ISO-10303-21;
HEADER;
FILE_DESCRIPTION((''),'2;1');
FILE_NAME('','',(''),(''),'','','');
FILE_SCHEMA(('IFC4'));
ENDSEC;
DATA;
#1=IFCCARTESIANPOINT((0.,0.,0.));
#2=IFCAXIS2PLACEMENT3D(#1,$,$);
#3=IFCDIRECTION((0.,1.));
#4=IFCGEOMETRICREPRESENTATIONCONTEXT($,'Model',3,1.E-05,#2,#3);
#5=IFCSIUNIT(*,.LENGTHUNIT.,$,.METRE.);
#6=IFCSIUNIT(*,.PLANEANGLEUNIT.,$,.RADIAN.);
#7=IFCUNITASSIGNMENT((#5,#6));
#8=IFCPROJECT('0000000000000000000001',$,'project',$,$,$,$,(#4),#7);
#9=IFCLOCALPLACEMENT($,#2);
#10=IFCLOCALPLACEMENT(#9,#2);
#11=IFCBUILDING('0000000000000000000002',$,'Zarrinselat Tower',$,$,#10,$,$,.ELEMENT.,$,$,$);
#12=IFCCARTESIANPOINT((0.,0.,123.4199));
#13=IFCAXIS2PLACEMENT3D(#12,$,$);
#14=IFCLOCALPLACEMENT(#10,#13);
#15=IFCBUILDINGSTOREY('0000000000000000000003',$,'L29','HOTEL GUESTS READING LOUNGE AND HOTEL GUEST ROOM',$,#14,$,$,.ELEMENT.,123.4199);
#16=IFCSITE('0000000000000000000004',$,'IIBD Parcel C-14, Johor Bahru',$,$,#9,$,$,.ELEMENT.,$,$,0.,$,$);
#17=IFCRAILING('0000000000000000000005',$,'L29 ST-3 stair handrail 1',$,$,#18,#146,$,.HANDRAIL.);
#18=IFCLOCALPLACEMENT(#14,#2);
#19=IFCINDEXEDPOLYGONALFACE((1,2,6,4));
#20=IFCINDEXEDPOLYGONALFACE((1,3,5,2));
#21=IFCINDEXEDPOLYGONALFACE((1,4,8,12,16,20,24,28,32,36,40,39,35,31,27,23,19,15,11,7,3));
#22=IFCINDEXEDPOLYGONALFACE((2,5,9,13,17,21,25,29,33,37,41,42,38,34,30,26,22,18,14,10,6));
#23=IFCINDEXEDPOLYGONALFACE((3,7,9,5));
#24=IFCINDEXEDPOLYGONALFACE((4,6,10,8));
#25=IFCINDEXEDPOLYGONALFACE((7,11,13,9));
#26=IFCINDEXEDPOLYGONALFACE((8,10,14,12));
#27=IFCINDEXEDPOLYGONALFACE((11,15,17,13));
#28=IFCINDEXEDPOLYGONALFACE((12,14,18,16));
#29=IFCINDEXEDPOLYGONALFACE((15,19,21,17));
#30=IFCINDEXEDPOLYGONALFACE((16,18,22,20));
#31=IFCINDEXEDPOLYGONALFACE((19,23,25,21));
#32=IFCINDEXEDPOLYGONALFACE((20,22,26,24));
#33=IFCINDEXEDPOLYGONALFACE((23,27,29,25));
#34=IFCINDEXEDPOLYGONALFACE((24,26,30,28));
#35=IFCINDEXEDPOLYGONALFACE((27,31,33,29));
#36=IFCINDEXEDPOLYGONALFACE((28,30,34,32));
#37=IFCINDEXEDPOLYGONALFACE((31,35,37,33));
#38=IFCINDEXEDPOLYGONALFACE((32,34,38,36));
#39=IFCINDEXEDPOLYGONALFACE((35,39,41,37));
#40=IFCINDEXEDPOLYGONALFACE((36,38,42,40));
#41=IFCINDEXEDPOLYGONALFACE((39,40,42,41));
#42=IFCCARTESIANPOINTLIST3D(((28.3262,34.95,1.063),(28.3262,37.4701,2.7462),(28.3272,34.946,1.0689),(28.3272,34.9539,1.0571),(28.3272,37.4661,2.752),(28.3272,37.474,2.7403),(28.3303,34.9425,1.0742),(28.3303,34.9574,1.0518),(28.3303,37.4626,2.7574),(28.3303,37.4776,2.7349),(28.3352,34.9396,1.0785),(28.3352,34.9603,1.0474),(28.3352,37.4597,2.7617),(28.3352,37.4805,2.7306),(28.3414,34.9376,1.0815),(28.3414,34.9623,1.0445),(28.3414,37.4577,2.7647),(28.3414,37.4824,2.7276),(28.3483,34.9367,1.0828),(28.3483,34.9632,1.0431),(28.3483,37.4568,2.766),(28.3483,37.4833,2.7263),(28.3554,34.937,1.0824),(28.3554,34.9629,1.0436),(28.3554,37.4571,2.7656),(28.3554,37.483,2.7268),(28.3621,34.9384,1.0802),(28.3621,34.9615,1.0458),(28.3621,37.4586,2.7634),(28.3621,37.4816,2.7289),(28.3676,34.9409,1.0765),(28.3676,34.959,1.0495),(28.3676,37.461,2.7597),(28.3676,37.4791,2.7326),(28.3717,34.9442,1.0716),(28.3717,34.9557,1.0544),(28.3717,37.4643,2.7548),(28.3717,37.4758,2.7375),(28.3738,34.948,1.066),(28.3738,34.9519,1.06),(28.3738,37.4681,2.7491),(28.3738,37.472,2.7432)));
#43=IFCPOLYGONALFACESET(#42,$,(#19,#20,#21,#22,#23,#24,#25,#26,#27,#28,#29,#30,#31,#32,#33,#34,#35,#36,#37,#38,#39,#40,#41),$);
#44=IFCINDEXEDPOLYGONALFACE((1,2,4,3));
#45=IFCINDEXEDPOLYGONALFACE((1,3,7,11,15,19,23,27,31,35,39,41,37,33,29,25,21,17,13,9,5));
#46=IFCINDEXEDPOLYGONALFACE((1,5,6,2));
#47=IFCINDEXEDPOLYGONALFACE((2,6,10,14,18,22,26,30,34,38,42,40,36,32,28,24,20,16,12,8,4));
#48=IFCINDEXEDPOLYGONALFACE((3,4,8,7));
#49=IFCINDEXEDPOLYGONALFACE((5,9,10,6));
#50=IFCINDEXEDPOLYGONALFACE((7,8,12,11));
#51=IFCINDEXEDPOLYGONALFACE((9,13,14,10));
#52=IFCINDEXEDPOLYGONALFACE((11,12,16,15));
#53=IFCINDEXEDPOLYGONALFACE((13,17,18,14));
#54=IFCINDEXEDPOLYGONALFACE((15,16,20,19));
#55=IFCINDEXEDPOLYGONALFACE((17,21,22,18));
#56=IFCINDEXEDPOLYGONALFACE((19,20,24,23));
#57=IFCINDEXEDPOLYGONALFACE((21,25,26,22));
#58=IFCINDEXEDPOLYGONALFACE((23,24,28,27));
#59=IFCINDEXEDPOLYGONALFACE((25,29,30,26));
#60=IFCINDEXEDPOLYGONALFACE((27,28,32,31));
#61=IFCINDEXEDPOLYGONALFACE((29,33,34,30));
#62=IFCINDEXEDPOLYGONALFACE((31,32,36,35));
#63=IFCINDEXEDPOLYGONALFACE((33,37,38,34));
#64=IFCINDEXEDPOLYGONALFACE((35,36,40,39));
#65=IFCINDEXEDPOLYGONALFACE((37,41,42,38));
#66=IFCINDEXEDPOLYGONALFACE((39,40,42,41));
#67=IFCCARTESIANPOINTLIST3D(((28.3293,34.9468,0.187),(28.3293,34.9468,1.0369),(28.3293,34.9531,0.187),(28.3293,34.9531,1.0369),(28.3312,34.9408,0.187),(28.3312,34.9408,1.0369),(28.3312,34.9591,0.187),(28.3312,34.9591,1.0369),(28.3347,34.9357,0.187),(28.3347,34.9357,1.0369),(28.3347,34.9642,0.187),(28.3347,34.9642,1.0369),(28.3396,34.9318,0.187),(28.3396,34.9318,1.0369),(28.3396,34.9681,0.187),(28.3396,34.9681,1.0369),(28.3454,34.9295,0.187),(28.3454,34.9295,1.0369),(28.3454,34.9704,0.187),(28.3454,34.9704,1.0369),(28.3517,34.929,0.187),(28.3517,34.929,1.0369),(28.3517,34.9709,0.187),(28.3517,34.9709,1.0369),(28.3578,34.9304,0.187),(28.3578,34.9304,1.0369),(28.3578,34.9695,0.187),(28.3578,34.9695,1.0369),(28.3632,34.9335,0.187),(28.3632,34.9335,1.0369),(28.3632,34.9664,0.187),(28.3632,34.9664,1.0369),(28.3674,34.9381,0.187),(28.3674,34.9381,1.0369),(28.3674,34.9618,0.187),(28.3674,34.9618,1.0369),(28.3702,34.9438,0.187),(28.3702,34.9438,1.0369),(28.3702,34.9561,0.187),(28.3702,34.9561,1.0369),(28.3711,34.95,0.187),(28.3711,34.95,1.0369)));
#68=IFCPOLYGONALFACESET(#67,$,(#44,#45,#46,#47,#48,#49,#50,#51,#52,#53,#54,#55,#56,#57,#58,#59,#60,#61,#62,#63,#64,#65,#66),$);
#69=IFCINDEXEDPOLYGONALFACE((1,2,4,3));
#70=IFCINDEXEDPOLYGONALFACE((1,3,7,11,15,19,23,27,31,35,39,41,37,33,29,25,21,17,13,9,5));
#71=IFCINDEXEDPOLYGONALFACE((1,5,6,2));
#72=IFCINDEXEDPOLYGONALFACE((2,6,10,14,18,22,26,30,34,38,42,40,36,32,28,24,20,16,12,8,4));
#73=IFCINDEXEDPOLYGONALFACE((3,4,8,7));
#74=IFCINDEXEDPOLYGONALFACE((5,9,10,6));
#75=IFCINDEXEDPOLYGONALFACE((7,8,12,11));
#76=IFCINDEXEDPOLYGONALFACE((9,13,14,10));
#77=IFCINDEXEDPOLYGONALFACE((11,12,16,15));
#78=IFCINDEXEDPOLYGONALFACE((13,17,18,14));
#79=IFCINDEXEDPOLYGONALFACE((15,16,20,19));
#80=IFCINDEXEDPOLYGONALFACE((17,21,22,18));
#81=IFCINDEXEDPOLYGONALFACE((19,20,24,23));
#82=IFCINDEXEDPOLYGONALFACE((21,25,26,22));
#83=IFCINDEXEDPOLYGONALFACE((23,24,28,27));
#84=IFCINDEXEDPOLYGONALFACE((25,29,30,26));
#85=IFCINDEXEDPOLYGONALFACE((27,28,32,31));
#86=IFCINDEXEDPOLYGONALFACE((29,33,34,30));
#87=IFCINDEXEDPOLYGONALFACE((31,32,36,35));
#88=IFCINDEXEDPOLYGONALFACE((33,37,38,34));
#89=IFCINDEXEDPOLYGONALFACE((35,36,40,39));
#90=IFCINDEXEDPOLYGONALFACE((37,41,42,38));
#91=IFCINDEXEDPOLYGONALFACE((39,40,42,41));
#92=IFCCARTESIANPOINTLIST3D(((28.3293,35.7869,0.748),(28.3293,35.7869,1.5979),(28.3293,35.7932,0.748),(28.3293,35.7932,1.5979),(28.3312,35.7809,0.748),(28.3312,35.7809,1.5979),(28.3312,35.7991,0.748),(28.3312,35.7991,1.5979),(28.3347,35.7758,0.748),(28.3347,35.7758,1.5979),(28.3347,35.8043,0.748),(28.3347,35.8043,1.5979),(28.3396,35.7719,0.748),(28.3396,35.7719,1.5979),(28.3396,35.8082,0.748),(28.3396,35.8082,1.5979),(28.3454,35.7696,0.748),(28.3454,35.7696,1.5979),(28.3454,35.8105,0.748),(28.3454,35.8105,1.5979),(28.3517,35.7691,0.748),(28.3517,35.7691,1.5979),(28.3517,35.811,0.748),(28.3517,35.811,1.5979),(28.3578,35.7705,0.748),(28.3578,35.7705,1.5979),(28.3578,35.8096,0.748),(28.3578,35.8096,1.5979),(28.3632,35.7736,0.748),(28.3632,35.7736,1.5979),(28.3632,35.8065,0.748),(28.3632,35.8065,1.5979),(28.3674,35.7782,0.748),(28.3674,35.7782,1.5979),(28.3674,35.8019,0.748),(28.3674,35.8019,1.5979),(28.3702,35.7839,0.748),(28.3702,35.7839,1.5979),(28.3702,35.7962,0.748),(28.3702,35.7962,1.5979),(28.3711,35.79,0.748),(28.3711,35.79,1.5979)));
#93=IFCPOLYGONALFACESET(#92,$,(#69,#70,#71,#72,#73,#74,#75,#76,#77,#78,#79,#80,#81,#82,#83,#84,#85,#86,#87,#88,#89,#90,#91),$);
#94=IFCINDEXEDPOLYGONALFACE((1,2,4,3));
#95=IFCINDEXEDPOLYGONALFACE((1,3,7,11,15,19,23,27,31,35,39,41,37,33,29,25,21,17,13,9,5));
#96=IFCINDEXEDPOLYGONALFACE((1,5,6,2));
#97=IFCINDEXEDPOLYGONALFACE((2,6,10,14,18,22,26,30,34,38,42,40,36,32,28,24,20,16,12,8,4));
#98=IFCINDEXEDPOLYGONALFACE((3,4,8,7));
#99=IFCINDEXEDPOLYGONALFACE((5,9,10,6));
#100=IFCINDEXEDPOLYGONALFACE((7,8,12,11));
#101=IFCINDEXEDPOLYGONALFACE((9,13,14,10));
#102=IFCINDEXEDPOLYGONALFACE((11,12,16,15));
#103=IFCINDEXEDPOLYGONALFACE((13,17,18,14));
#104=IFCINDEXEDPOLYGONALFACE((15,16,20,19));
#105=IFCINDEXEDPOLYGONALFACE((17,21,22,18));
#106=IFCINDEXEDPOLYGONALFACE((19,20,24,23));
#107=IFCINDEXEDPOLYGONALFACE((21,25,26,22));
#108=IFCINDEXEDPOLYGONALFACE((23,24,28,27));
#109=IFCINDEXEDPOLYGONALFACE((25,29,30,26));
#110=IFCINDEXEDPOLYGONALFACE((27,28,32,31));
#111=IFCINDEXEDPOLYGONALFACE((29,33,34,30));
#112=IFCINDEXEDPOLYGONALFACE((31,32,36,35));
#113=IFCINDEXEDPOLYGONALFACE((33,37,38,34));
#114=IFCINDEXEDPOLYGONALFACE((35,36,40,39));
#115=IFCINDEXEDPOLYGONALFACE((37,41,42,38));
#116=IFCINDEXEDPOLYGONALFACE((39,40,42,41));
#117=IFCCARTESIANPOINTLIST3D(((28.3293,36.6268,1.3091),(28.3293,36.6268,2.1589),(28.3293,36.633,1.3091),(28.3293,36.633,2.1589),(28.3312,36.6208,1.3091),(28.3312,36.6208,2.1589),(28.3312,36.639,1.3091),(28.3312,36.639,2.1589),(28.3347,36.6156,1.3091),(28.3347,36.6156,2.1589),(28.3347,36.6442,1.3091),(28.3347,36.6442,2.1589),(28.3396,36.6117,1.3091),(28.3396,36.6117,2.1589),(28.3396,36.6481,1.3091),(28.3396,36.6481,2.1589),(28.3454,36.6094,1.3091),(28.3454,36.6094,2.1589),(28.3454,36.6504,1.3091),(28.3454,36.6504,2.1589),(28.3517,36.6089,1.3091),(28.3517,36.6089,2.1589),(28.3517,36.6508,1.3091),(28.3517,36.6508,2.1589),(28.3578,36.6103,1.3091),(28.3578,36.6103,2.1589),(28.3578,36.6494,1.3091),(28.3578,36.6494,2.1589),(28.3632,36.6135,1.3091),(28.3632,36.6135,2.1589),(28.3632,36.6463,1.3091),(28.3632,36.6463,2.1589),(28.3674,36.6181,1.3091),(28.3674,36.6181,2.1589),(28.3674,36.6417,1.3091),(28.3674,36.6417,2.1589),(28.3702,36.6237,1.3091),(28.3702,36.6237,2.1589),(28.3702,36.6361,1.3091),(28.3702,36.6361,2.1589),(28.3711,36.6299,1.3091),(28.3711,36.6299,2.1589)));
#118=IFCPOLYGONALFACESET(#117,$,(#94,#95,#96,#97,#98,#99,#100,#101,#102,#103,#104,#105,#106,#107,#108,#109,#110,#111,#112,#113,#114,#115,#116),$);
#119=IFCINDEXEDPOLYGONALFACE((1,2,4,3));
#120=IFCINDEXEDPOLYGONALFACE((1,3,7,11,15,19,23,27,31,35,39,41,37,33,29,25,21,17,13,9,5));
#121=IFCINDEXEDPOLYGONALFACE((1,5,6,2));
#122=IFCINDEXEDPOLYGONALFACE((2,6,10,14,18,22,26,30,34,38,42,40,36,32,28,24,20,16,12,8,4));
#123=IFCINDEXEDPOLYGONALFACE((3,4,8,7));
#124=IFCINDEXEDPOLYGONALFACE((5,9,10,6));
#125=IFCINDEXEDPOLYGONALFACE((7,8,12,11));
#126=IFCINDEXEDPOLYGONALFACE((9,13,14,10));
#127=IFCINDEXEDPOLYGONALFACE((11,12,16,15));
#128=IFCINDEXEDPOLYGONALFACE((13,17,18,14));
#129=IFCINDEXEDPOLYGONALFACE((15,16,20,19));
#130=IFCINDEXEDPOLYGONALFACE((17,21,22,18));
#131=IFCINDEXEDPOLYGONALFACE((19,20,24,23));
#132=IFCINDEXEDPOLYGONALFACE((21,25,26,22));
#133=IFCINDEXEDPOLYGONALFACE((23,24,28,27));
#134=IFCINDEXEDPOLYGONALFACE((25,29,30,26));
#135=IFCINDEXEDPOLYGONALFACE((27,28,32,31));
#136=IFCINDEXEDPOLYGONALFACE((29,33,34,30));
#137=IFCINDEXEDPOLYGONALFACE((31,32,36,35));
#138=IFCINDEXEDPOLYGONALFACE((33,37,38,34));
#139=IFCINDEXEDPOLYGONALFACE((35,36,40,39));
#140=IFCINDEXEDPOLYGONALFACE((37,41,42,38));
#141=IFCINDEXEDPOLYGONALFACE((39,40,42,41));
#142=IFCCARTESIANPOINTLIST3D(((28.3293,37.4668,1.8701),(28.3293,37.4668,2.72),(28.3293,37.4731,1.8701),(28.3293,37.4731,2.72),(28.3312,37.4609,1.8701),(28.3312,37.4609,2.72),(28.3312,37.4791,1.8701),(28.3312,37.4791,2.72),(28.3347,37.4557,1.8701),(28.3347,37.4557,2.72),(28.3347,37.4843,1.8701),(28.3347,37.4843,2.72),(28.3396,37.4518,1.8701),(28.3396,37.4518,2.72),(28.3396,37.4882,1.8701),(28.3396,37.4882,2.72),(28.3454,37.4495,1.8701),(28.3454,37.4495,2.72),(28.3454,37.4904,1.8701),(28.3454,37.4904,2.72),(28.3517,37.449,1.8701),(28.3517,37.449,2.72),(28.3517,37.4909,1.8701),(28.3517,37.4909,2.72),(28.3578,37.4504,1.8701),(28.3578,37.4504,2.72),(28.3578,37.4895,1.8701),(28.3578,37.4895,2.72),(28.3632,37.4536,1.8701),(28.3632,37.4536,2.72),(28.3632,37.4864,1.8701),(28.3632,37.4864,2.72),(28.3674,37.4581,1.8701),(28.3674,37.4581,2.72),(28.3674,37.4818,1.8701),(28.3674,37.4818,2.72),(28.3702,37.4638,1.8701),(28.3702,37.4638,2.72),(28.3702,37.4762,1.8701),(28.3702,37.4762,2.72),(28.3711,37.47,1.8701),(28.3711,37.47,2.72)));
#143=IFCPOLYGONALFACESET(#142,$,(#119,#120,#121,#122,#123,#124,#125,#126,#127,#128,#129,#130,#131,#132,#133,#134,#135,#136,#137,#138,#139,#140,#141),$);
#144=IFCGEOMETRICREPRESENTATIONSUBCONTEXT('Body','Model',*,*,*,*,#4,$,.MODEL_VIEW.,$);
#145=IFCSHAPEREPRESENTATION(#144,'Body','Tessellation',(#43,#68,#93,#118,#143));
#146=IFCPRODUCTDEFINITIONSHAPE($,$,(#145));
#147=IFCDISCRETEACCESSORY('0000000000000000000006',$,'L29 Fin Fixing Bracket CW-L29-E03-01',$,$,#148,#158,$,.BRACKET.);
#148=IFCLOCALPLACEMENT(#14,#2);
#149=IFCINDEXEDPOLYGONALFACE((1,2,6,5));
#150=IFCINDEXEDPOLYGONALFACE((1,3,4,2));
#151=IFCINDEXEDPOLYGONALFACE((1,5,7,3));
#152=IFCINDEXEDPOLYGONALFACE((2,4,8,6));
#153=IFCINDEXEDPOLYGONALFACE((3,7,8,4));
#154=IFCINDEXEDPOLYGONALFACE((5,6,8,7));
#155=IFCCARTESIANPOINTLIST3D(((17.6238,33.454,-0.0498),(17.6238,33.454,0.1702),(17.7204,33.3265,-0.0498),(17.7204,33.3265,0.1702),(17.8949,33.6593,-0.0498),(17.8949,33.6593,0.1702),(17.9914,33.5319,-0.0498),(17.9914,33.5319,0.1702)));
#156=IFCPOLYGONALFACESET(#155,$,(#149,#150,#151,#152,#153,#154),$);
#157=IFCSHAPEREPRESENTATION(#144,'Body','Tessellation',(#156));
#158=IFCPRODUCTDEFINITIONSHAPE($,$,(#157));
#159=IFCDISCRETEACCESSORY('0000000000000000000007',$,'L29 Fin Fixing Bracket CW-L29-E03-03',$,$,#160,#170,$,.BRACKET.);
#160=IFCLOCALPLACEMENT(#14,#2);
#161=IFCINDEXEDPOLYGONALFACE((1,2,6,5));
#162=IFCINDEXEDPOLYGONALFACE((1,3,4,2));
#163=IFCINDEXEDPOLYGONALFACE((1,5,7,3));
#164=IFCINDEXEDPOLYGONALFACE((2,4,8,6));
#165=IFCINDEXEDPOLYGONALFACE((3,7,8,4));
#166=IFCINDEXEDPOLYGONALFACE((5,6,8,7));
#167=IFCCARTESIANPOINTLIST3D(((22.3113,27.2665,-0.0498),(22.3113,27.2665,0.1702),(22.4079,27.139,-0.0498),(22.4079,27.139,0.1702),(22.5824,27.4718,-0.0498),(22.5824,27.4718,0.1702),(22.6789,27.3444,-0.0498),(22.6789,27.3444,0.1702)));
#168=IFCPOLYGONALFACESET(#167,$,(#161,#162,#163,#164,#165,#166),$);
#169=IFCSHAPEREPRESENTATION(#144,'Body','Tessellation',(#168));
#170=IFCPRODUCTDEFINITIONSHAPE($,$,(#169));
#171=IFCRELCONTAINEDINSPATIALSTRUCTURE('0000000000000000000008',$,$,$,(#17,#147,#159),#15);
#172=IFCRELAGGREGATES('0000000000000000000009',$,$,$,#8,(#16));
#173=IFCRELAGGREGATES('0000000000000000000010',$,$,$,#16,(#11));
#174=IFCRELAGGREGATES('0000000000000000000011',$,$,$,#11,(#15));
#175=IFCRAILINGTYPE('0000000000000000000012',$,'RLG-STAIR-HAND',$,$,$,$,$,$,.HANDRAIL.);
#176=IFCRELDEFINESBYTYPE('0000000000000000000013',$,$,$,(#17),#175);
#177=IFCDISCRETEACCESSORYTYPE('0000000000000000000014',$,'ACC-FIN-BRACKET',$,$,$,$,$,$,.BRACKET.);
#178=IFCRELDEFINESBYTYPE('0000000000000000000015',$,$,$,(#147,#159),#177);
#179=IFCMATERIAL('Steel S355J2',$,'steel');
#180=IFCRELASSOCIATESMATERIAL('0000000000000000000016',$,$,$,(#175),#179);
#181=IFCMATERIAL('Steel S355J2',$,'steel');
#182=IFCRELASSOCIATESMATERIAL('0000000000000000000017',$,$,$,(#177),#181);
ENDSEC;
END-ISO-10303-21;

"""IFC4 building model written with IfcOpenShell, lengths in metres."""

from ifc_helpers import new_model, si_unit, direction, frame, origin, origin_2d, place, context, subcontext, project, spatial, rectangle, circle, extrude, material, type_object, element, save


model = new_model("IFC4")

# Units and contexts
model_context = context("Model", 3, precision=1e-05, world=origin(), true_north=direction((0.0, 1.0)))
body_context = subcontext(model_context, "Body", "Model", "MODEL_VIEW")
ifc_project = project(units=[si_unit("LENGTHUNIT", "METRE"), si_unit("PLANEANGLEUNIT", "RADIAN")], contexts=[model_context])

# Site, building, storey
site_placement = place(None, origin())
site = spatial("IfcSite", under=ifc_project, at=site_placement, Name="IIBD Parcel C-14, Johor Bahru", CompositionType="ELEMENT", RefElevation=0.0)
building_placement = place(site_placement, origin())
building = spatial("IfcBuilding", under=site, at=building_placement, Name="Zarrinselat Tower", CompositionType="ELEMENT")
storey_placement = place(building_placement, frame((0.0, 0.0, 123.4199)))
storey = spatial("IfcBuildingStorey", under=building, at=storey_placement, Name="L29", Description="HOTEL GUESTS READING LOUNGE AND HOTEL GUEST ROOM", CompositionType="ELEMENT", Elevation=123.4199)

# Railing
ifc_material_1 = material(Name="Steel S355J2", Category="steel")
railing_type_1 = type_object("IfcRailingType", Name="RLG-STAIR-HAND", PredefinedType="HANDRAIL", material=ifc_material_1)
railing_1_placement = place(storey_placement, frame((28.3501, 34.95, 0.187)))
element("IfcRailing", 1, at=railing_1_placement, inside=storey, type_object=railing_type_1, Name="L29 ST-3 stair handrail 1", PredefinedType="HANDRAIL", context=body_context, shape_type="SweptSolid", body=[
    extrude(circle(Radius=0.0239, at=origin_2d()), frame((0.0, 0.0, 0.876), z_axis=(0.0, 0.831579, 0.555406), x_axis=(-1.0, 0.0, 0.0)), (0.0, 0.0, 1.0), 3.0305),
    extrude(circle(Radius=0.021, at=origin_2d()), origin(), (0.0, 0.0, 1.0), 0.8499),
    extrude(circle(Radius=0.021, at=origin_2d()), frame((0.0, 0.8401, 0.561)), (0.0, 0.0, 1.0), 0.8499),
    extrude(circle(Radius=0.021, at=origin_2d()), frame((0.0, 1.6799, 1.1221)), (0.0, 0.0, 1.0), 0.8499),
    extrude(circle(Radius=0.021, at=origin_2d()), frame((0.0, 2.52, 1.6831)), (0.0, 0.0, 1.0), 0.8499),
])

# Discrete accessories
ifc_material_2 = material(Name="Steel S355J2", Category="steel")
discrete_accessory_type = type_object("IfcDiscreteAccessoryType", Name="ACC-FIN-BRACKET", PredefinedType="BRACKET", material=ifc_material_2)
for number, where, z_axis, x_axis, name in (
    (2, (17.8076, 33.4929, -0.0498), (0.0, 0.0, 1.0), (-0.797092, -0.603858, 0.0), "L29 Fin Fixing Bracket CW-L29-E03-01"),
    (3, (22.4951, 27.3054, -0.0498), (0.0, 0.0, 1.0), (-0.797092, -0.603858, 0.0), "L29 Fin Fixing Bracket CW-L29-E03-03"),
):
    element("IfcDiscreteAccessory", number, at=place(storey_placement, frame(where, z_axis=z_axis, x_axis=x_axis)), inside=storey, type_object=discrete_accessory_type, Name=name, PredefinedType="BRACKET", context=body_context, shape_type="SweptSolid", body=[
        extrude(rectangle(XDim=0.3401, YDim=0.1599, at=origin_2d()), origin(), (0.0, 0.0, 1.0), 0.22),
    ])

save(model, "model.ifc")
